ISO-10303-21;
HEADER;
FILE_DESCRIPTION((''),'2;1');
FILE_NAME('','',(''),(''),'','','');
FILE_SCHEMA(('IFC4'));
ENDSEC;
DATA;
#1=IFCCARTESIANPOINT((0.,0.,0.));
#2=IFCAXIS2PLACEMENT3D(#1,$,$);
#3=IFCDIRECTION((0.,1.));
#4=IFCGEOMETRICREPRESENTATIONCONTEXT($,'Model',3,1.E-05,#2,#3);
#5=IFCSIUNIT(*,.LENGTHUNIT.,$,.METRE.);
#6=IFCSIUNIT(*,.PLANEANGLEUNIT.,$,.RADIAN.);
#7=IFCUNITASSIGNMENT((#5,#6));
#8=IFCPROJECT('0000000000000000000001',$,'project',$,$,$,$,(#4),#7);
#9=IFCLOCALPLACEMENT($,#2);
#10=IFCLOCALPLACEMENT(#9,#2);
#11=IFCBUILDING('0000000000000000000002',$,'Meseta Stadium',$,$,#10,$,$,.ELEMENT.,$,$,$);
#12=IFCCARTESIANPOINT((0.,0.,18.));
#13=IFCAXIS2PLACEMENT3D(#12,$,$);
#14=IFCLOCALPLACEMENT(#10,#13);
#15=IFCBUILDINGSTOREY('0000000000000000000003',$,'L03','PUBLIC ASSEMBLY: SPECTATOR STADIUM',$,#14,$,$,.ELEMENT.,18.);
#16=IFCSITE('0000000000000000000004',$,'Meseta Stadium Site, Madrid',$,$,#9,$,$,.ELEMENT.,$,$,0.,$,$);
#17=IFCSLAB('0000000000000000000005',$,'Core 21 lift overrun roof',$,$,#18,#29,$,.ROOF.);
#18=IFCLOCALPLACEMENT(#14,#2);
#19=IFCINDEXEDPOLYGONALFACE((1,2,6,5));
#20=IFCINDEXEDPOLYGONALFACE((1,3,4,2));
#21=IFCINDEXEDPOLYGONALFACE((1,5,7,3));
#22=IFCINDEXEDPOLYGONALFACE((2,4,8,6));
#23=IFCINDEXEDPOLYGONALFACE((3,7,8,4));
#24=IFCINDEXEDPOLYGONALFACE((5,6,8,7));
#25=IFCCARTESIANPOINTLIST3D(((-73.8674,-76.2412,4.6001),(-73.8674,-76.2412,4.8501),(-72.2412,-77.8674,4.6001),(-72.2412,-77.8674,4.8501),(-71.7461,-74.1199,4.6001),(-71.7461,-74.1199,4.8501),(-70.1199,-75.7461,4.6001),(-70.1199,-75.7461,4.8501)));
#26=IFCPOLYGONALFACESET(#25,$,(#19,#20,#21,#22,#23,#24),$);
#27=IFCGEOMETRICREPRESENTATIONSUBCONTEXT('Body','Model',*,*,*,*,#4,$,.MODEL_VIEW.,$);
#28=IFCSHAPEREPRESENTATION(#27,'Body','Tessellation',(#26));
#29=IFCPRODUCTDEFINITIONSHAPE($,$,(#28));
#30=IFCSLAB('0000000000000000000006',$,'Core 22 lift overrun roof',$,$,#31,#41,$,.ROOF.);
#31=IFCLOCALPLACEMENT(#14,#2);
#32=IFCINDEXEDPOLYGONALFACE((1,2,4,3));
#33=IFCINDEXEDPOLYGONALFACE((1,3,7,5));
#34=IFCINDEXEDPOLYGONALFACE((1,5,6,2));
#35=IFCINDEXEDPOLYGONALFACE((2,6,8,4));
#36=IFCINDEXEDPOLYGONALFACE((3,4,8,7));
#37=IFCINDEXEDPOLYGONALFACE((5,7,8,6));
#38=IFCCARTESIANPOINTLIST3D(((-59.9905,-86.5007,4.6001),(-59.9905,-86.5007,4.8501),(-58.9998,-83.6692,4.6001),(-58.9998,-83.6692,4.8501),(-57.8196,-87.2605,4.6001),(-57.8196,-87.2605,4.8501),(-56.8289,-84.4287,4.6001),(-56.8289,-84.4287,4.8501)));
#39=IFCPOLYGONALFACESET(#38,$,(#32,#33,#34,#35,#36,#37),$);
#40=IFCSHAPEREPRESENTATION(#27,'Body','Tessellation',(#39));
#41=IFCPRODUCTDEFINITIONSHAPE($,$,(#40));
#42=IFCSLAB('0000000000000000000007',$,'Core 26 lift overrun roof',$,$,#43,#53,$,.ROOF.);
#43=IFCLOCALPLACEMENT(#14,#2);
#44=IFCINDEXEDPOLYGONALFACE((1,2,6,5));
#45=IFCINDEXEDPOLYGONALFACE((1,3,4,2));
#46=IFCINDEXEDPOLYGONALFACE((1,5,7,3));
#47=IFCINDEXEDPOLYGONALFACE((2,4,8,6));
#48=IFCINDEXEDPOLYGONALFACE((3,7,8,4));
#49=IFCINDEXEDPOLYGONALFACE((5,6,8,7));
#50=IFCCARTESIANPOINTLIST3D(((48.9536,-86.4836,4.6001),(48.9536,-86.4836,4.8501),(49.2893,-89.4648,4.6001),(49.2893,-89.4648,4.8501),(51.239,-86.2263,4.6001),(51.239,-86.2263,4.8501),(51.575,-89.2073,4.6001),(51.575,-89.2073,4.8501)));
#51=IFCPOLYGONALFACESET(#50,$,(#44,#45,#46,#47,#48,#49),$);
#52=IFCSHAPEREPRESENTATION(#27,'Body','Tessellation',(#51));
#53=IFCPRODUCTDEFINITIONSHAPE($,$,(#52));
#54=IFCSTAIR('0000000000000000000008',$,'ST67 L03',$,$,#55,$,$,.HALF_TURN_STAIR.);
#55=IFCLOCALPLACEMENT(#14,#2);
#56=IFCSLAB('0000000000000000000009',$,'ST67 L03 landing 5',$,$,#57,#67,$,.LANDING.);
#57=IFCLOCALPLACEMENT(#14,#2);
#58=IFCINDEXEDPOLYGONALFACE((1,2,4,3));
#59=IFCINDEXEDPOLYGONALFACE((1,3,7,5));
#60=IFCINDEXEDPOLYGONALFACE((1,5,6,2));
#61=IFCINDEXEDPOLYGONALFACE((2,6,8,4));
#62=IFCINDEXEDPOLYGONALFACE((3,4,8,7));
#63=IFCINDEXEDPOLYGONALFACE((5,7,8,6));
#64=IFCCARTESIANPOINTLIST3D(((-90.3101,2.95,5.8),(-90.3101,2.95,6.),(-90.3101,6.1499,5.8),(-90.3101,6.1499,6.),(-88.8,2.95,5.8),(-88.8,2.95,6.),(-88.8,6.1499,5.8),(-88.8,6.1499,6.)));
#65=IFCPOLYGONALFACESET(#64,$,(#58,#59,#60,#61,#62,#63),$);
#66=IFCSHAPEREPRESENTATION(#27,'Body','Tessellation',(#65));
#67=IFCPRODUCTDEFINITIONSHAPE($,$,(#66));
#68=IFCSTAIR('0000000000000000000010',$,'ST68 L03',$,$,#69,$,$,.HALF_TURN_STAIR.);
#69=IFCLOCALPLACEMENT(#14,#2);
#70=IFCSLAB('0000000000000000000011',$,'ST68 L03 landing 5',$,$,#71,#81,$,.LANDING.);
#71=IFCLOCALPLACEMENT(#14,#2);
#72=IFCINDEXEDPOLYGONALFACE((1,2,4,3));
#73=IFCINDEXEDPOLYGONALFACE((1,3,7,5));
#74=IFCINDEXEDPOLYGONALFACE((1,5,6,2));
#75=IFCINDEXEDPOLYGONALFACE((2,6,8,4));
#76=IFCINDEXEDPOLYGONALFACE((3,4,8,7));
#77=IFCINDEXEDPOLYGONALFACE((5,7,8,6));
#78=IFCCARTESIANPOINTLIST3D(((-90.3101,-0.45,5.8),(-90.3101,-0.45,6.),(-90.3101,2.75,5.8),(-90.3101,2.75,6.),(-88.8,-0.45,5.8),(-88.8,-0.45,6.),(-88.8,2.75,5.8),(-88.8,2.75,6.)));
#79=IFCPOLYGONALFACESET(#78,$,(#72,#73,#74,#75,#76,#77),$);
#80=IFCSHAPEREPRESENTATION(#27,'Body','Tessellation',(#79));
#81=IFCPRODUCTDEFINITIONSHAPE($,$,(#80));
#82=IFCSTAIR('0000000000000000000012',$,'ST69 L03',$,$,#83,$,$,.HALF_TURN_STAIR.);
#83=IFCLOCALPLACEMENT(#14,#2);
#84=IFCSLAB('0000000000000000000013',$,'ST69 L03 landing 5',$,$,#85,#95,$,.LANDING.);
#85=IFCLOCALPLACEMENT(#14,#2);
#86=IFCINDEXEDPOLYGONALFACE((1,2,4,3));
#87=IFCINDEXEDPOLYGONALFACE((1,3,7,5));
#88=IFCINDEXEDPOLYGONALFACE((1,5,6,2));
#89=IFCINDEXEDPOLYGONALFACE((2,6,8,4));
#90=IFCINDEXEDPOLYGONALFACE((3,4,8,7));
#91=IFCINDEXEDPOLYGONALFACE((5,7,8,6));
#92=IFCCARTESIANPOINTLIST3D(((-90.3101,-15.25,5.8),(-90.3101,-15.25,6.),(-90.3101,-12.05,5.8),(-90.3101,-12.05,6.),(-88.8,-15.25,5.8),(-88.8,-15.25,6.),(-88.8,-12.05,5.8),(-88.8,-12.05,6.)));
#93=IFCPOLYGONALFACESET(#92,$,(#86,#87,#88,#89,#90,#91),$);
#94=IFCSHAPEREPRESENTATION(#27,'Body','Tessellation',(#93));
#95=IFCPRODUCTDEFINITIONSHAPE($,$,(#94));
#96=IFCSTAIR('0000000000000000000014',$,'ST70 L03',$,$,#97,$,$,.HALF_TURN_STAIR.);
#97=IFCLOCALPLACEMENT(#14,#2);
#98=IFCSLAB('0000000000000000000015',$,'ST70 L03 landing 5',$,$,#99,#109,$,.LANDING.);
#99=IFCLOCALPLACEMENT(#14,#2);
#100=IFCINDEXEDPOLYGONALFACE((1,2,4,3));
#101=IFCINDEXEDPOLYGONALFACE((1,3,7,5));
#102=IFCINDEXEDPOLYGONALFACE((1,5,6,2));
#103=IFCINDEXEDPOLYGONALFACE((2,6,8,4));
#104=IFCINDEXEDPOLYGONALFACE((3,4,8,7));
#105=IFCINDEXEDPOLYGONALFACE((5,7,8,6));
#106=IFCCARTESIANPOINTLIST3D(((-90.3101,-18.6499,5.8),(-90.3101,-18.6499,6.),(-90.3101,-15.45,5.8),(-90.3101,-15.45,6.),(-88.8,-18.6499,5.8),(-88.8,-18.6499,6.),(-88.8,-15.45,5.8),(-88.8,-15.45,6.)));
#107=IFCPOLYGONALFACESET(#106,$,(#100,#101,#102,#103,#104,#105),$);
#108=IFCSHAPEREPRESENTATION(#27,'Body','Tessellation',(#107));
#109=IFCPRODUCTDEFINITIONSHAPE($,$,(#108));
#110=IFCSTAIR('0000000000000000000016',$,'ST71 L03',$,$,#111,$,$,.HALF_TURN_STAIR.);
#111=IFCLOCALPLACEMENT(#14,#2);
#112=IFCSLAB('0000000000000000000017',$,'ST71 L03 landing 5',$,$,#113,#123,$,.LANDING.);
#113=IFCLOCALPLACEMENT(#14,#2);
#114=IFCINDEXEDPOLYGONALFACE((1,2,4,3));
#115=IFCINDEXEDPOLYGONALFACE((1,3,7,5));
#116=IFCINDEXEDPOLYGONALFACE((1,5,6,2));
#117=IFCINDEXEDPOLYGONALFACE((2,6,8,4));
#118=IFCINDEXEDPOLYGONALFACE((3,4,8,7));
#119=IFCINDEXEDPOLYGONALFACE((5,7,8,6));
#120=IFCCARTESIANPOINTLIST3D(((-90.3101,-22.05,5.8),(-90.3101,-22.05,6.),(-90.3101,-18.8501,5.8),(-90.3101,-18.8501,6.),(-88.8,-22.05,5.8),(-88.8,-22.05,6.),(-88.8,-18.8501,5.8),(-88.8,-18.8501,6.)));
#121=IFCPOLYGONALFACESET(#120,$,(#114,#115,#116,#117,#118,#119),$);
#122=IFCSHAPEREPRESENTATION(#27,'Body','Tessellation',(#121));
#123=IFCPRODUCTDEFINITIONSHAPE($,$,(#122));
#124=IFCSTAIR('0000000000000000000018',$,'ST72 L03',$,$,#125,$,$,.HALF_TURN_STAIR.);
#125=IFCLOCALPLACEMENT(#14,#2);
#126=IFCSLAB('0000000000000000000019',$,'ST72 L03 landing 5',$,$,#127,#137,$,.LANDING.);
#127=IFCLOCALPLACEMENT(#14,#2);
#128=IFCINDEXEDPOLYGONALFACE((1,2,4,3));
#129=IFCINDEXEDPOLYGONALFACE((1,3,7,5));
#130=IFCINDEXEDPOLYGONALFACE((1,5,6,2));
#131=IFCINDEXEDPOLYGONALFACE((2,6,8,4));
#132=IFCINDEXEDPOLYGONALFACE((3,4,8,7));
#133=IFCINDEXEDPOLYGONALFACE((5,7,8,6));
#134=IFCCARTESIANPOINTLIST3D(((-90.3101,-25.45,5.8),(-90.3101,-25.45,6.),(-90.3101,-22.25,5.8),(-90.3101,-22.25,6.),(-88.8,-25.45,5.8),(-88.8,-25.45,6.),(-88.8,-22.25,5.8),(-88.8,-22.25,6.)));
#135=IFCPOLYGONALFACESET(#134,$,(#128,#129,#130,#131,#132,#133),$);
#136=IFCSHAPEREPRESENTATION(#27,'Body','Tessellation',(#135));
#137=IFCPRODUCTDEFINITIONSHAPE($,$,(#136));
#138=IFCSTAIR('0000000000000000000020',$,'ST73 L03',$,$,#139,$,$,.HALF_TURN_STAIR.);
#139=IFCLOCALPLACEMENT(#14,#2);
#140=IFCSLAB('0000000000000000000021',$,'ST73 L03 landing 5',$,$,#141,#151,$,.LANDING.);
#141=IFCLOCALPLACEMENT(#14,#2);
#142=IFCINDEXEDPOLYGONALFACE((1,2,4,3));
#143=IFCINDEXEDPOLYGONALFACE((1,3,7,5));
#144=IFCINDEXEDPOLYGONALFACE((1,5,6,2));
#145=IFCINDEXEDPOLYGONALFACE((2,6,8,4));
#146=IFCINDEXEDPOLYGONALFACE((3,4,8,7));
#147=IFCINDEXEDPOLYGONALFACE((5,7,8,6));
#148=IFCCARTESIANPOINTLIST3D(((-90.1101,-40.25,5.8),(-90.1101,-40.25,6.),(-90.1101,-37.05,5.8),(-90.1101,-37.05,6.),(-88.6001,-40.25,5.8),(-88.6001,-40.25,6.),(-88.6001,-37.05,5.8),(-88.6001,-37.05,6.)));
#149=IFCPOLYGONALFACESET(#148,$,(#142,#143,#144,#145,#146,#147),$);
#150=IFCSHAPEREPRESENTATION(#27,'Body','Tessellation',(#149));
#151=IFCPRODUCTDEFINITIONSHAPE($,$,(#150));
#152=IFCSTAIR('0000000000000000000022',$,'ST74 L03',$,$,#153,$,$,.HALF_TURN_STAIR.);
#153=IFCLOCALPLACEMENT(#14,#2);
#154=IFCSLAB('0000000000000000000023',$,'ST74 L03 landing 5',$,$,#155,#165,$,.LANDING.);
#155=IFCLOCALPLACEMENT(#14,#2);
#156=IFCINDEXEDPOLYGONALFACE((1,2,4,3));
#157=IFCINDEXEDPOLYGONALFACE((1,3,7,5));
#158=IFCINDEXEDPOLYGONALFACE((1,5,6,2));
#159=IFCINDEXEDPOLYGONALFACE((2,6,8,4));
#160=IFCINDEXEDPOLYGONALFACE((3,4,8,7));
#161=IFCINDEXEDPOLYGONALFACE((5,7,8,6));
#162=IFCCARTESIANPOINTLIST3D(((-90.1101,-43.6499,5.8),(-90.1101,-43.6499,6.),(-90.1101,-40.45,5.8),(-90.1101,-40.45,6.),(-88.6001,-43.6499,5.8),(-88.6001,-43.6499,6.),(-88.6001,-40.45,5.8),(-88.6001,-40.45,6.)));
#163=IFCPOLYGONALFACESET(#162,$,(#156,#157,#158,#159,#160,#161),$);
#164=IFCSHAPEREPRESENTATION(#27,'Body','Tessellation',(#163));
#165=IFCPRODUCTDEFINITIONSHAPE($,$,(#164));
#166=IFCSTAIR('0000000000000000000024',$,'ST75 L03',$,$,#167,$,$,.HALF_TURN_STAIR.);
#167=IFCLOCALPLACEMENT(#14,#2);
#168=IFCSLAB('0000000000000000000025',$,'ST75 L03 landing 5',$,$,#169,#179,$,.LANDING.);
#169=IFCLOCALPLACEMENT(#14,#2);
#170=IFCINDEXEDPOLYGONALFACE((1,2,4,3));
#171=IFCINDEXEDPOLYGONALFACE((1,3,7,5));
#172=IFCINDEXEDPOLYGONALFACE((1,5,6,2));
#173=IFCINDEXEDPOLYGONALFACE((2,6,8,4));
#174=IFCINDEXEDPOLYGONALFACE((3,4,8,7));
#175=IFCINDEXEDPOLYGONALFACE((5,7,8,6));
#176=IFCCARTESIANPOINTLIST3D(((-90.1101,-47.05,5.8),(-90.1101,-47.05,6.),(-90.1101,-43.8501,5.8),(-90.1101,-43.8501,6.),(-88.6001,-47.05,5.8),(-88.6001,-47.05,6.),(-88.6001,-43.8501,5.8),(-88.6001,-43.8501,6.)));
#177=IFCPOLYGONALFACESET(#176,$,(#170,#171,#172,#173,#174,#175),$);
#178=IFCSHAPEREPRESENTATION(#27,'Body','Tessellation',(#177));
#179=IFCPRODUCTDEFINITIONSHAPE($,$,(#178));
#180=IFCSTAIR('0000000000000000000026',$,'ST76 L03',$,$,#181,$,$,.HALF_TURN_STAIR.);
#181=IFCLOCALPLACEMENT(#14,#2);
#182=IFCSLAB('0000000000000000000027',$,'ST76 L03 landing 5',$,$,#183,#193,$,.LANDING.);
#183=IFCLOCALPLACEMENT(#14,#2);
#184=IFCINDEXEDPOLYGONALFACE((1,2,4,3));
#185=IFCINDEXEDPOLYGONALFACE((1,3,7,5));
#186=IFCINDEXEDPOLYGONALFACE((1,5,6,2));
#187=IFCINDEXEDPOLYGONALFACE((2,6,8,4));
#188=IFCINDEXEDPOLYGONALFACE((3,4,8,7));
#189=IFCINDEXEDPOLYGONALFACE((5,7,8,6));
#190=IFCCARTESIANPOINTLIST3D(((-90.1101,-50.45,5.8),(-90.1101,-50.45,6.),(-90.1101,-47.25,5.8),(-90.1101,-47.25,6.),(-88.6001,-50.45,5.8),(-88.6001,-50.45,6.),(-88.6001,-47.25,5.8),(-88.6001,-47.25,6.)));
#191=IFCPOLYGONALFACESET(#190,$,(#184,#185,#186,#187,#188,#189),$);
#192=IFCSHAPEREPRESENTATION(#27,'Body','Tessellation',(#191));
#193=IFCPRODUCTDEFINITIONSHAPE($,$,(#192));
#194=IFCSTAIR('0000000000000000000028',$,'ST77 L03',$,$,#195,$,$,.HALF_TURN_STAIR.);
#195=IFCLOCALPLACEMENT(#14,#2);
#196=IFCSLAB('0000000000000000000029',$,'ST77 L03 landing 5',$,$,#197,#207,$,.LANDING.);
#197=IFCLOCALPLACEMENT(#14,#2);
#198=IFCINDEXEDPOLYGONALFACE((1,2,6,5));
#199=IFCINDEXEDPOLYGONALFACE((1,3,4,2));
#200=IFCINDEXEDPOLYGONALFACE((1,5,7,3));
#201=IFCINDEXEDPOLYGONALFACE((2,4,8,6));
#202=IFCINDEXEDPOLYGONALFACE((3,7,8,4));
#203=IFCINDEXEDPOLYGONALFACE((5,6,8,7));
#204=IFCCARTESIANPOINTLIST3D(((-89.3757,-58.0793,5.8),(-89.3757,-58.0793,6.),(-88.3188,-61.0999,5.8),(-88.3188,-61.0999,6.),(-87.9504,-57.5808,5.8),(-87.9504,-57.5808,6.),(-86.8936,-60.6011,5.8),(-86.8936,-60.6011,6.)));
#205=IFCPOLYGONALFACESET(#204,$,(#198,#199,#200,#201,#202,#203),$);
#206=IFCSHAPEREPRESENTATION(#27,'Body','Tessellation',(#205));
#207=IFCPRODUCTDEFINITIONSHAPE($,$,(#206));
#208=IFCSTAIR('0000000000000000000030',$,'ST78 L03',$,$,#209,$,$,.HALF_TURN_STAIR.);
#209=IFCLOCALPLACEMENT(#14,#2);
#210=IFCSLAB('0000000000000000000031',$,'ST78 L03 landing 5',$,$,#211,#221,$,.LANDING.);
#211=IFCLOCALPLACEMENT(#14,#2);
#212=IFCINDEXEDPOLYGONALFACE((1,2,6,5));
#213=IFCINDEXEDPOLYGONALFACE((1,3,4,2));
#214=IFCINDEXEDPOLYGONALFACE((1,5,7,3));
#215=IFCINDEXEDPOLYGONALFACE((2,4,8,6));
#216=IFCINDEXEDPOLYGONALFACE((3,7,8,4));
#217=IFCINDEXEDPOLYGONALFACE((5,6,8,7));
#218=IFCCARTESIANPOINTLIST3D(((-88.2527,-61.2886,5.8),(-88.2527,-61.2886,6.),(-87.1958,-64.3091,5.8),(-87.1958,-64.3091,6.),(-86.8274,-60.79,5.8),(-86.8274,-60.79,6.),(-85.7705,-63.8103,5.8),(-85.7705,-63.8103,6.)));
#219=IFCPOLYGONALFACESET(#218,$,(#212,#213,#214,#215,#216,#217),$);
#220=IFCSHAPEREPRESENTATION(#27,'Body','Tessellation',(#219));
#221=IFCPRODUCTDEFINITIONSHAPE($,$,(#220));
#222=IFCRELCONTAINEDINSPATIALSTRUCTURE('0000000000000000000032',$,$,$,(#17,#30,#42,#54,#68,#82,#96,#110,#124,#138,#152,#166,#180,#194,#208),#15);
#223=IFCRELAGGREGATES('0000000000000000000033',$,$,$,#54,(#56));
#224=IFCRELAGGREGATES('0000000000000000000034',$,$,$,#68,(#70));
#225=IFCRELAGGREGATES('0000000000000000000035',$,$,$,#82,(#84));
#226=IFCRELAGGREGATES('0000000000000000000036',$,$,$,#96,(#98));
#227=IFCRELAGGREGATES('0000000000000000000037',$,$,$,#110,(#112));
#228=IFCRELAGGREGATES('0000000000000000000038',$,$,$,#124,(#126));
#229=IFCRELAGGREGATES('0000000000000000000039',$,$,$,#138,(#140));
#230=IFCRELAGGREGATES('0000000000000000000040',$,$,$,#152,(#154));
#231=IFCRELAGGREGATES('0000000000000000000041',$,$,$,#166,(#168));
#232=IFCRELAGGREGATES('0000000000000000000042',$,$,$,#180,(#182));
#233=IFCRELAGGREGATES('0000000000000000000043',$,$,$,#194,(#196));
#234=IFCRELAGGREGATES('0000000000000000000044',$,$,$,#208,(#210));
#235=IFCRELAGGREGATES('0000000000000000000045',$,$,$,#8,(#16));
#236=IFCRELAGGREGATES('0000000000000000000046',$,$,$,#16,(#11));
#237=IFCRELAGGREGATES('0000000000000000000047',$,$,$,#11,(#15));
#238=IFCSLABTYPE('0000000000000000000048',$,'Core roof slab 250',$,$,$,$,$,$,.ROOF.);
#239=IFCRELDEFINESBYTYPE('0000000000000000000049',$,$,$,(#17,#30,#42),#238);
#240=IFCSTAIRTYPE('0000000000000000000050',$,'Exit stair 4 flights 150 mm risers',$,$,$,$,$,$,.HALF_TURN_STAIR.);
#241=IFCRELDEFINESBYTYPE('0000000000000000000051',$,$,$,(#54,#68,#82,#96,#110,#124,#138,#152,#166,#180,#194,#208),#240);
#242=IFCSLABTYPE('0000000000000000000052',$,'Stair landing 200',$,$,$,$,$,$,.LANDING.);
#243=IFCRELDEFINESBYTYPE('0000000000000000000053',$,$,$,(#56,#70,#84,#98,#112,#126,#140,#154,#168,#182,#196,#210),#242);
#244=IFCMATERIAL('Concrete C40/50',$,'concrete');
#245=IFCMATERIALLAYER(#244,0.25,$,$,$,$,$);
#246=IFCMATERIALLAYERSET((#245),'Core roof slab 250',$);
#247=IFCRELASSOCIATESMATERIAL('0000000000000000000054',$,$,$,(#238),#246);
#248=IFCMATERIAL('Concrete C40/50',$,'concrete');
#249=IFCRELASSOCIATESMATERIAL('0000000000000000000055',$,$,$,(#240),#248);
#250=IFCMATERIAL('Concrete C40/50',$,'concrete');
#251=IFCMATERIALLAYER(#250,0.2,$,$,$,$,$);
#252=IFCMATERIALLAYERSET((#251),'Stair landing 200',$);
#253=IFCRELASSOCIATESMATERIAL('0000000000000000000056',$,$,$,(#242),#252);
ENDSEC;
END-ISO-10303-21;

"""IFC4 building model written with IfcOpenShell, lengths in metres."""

from ifc_helpers import new_model, si_unit, direction, frame, origin, place, context, subcontext, project, spatial, polyline, outline, extrude, material, layer, layer_set, type_object, element, aggregate, save


model = new_model("IFC4")

# Units and contexts
model_context = context("Model", 3, precision=1e-05, world=origin(), true_north=direction((0.0, 1.0)))
body_context = subcontext(model_context, "Body", "Model", "MODEL_VIEW")
ifc_project = project(units=[si_unit("LENGTHUNIT", "METRE"), si_unit("PLANEANGLEUNIT", "RADIAN")], contexts=[model_context])

# Site, building, storey
site_placement = place(None, origin())
site = spatial("IfcSite", under=ifc_project, at=site_placement, Name="Meseta Stadium Site, Madrid", CompositionType="ELEMENT", RefElevation=0.0)
building_placement = place(site_placement, origin())
building = spatial("IfcBuilding", under=site, at=building_placement, Name="Meseta Stadium", CompositionType="ELEMENT")
storey_placement = place(building_placement, frame((0.0, 0.0, 18.0)))
storey = spatial("IfcBuildingStorey", under=building, at=storey_placement, Name="L03", Description="PUBLIC ASSEMBLY: SPECTATOR STADIUM", CompositionType="ELEMENT", Elevation=18.0)

# Slabs
ifc_material_1 = material(Name="Concrete C40/50", Category="concrete")
ifc_layer_1 = layer(ifc_material_1, 0.25)
ifc_layer_set_1 = layer_set([ifc_layer_1], Name="Core roof slab 250")
slab_type_1 = type_object("IfcSlabType", Name="Core roof slab 250", PredefinedType="ROOF", material=ifc_layer_set_1)
slab_1_placement = place(storey_placement, frame((0.0, 0.0, 4.6001)))
element("IfcSlab", 1, at=slab_1_placement, inside=storey, type_object=slab_type_1, Name="Core 21 lift overrun roof", PredefinedType="ROOF", context=body_context, shape_type="SweptSolid", body=[
    extrude(outline(polyline([(-73.8674, -76.2412), (-71.7461, -74.1199), (-70.1199, -75.7461), (-72.2412, -77.8674), (-73.8674, -76.2412)])), origin(), (0.0, 0.0, 1.0), 0.25),
])
slab_2_placement = place(storey_placement, frame((0.0, 0.0, 4.6001)))
element("IfcSlab", 2, at=slab_2_placement, inside=storey, type_object=slab_type_1, Name="Core 22 lift overrun roof", PredefinedType="ROOF", context=body_context, shape_type="SweptSolid", body=[
    extrude(outline(polyline([(-59.9905, -86.5007), (-58.9998, -83.6692), (-56.8289, -84.4287), (-57.8196, -87.2605), (-59.9905, -86.5007)])), origin(), (0.0, 0.0, 1.0), 0.25),
])
slab_3_placement = place(storey_placement, frame((0.0, 0.0, 4.6001)))
element("IfcSlab", 3, at=slab_3_placement, inside=storey, type_object=slab_type_1, Name="Core 26 lift overrun roof", PredefinedType="ROOF", context=body_context, shape_type="SweptSolid", body=[
    extrude(outline(polyline([(49.2893, -89.4648), (48.9536, -86.4836), (51.239, -86.2263), (51.575, -89.2073), (49.2893, -89.4648)])), origin(), (0.0, 0.0, 1.0), 0.25),
])

# Stairs, slabs
ifc_material_2 = material(Name="Concrete C40/50", Category="concrete")
stair_type = type_object("IfcStairType", Name="Exit stair 4 flights 150 mm risers", PredefinedType="HALF_TURN_STAIR", material=ifc_material_2)
stair_1_placement = place(storey_placement, origin())
stair_1 = element("IfcStair", 4, at=stair_1_placement, inside=storey, type_object=stair_type, Name="ST67 L03", PredefinedType="HALF_TURN_STAIR")
ifc_material_3 = material(Name="Concrete C40/50", Category="concrete")
ifc_layer_2 = layer(ifc_material_3, 0.2)
ifc_layer_set_2 = layer_set([ifc_layer_2], Name="Stair landing 200")
slab_type_2 = type_object("IfcSlabType", Name="Stair landing 200", PredefinedType="LANDING", material=ifc_layer_set_2)
slab_4_placement = place(storey_placement, frame((0.0, 0.0, 5.8)))
slab_4 = element("IfcSlab", 5, at=slab_4_placement, type_object=slab_type_2, Name="ST67 L03 landing 5", PredefinedType="LANDING", context=body_context, shape_type="SweptSolid", body=[
    extrude(outline(polyline([(-88.8, 6.1499), (-90.3101, 6.1499), (-90.3101, 2.95), (-88.8, 2.95), (-88.8, 6.1499)])), origin(), (0.0, 0.0, 1.0), 0.2),
])
aggregate(stair_1, [slab_4])
stair_2_placement = place(storey_placement, origin())
stair_2 = element("IfcStair", 6, at=stair_2_placement, inside=storey, type_object=stair_type, Name="ST68 L03", PredefinedType="HALF_TURN_STAIR")
slab_5_placement = place(storey_placement, frame((0.0, 0.0, 5.8)))
slab_5 = element("IfcSlab", 7, at=slab_5_placement, type_object=slab_type_2, Name="ST68 L03 landing 5", PredefinedType="LANDING", context=body_context, shape_type="SweptSolid", body=[
    extrude(outline(polyline([(-88.8, 2.75), (-90.3101, 2.75), (-90.3101, -0.45), (-88.8, -0.45), (-88.8, 2.75)])), origin(), (0.0, 0.0, 1.0), 0.2),
])
aggregate(stair_2, [slab_5])
stair_3_placement = place(storey_placement, origin())
stair_3 = element("IfcStair", 8, at=stair_3_placement, inside=storey, type_object=stair_type, Name="ST69 L03", PredefinedType="HALF_TURN_STAIR")
slab_6_placement = place(storey_placement, frame((0.0, 0.0, 5.8)))
slab_6 = element("IfcSlab", 9, at=slab_6_placement, type_object=slab_type_2, Name="ST69 L03 landing 5", PredefinedType="LANDING", context=body_context, shape_type="SweptSolid", body=[
    extrude(outline(polyline([(-88.8, -12.05), (-90.3101, -12.05), (-90.3101, -15.25), (-88.8, -15.25), (-88.8, -12.05)])), origin(), (0.0, 0.0, 1.0), 0.2),
])
aggregate(stair_3, [slab_6])
stair_4_placement = place(storey_placement, origin())
stair_4 = element("IfcStair", 10, at=stair_4_placement, inside=storey, type_object=stair_type, Name="ST70 L03", PredefinedType="HALF_TURN_STAIR")
slab_7_placement = place(storey_placement, frame((0.0, 0.0, 5.8)))
slab_7 = element("IfcSlab", 11, at=slab_7_placement, type_object=slab_type_2, Name="ST70 L03 landing 5", PredefinedType="LANDING", context=body_context, shape_type="SweptSolid", body=[
    extrude(outline(polyline([(-88.8, -15.45), (-90.3101, -15.45), (-90.3101, -18.6499), (-88.8, -18.6499), (-88.8, -15.45)])), origin(), (0.0, 0.0, 1.0), 0.2),
])
aggregate(stair_4, [slab_7])
stair_5_placement = place(storey_placement, origin())
stair_5 = element("IfcStair", 12, at=stair_5_placement, inside=storey, type_object=stair_type, Name="ST71 L03", PredefinedType="HALF_TURN_STAIR")
slab_8_placement = place(storey_placement, frame((0.0, 0.0, 5.8)))
slab_8 = element("IfcSlab", 13, at=slab_8_placement, type_object=slab_type_2, Name="ST71 L03 landing 5", PredefinedType="LANDING", context=body_context, shape_type="SweptSolid", body=[
    extrude(outline(polyline([(-88.8, -18.8501), (-90.3101, -18.8501), (-90.3101, -22.05), (-88.8, -22.05), (-88.8, -18.8501)])), origin(), (0.0, 0.0, 1.0), 0.2),
])
aggregate(stair_5, [slab_8])
stair_6_placement = place(storey_placement, origin())
stair_6 = element("IfcStair", 14, at=stair_6_placement, inside=storey, type_object=stair_type, Name="ST72 L03", PredefinedType="HALF_TURN_STAIR")
slab_9_placement = place(storey_placement, frame((0.0, 0.0, 5.8)))
slab_9 = element("IfcSlab", 15, at=slab_9_placement, type_object=slab_type_2, Name="ST72 L03 landing 5", PredefinedType="LANDING", context=body_context, shape_type="SweptSolid", body=[
    extrude(outline(polyline([(-88.8, -22.25), (-90.3101, -22.25), (-90.3101, -25.45), (-88.8, -25.45), (-88.8, -22.25)])), origin(), (0.0, 0.0, 1.0), 0.2),
])
aggregate(stair_6, [slab_9])
stair_7_placement = place(storey_placement, origin())
stair_7 = element("IfcStair", 16, at=stair_7_placement, inside=storey, type_object=stair_type, Name="ST73 L03", PredefinedType="HALF_TURN_STAIR")
slab_10_placement = place(storey_placement, frame((0.0, 0.0, 5.8)))
slab_10 = element("IfcSlab", 17, at=slab_10_placement, type_object=slab_type_2, Name="ST73 L03 landing 5", PredefinedType="LANDING", context=body_context, shape_type="SweptSolid", body=[
    extrude(outline(polyline([(-88.6001, -37.05), (-90.1101, -37.05), (-90.1101, -40.25), (-88.6001, -40.25), (-88.6001, -37.05)])), origin(), (0.0, 0.0, 1.0), 0.2),
])
aggregate(stair_7, [slab_10])
stair_8_placement = place(storey_placement, origin())
stair_8 = element("IfcStair", 18, at=stair_8_placement, inside=storey, type_object=stair_type, Name="ST74 L03", PredefinedType="HALF_TURN_STAIR")
slab_11_placement = place(storey_placement, frame((0.0, 0.0, 5.8)))
slab_11 = element("IfcSlab", 19, at=slab_11_placement, type_object=slab_type_2, Name="ST74 L03 landing 5", PredefinedType="LANDING", context=body_context, shape_type="SweptSolid", body=[
    extrude(outline(polyline([(-88.6001, -40.45), (-90.1101, -40.45), (-90.1101, -43.6499), (-88.6001, -43.6499), (-88.6001, -40.45)])), origin(), (0.0, 0.0, 1.0), 0.2),
])
aggregate(stair_8, [slab_11])
stair_9_placement = place(storey_placement, origin())
stair_9 = element("IfcStair", 20, at=stair_9_placement, inside=storey, type_object=stair_type, Name="ST75 L03", PredefinedType="HALF_TURN_STAIR")
slab_12_placement = place(storey_placement, frame((0.0, 0.0, 5.8)))
slab_12 = element("IfcSlab", 21, at=slab_12_placement, type_object=slab_type_2, Name="ST75 L03 landing 5", PredefinedType="LANDING", context=body_context, shape_type="SweptSolid", body=[
    extrude(outline(polyline([(-88.6001, -43.8501), (-90.1101, -43.8501), (-90.1101, -47.05), (-88.6001, -47.05), (-88.6001, -43.8501)])), origin(), (0.0, 0.0, 1.0), 0.2),
])
aggregate(stair_9, [slab_12])
stair_10_placement = place(storey_placement, origin())
stair_10 = element("IfcStair", 22, at=stair_10_placement, inside=storey, type_object=stair_type, Name="ST76 L03", PredefinedType="HALF_TURN_STAIR")
slab_13_placement = place(storey_placement, frame((0.0, 0.0, 5.8)))
slab_13 = element("IfcSlab", 23, at=slab_13_placement, type_object=slab_type_2, Name="ST76 L03 landing 5", PredefinedType="LANDING", context=body_context, shape_type="SweptSolid", body=[
    extrude(outline(polyline([(-88.6001, -47.25), (-90.1101, -47.25), (-90.1101, -50.45), (-88.6001, -50.45), (-88.6001, -47.25)])), origin(), (0.0, 0.0, 1.0), 0.2),
])
aggregate(stair_10, [slab_13])
stair_11_placement = place(storey_placement, origin())
stair_11 = element("IfcStair", 24, at=stair_11_placement, inside=storey, type_object=stair_type, Name="ST77 L03", PredefinedType="HALF_TURN_STAIR")
slab_14_placement = place(storey_placement, frame((0.0, 0.0, 5.8)))
slab_14 = element("IfcSlab", 25, at=slab_14_placement, type_object=slab_type_2, Name="ST77 L03 landing 5", PredefinedType="LANDING", context=body_context, shape_type="SweptSolid", body=[
    extrude(outline(polyline([(-87.9504, -57.5808), (-89.3757, -58.0793), (-88.3188, -61.0999), (-86.8936, -60.6011), (-87.9504, -57.5808)])), origin(), (0.0, 0.0, 1.0), 0.2),
])
aggregate(stair_11, [slab_14])
stair_12_placement = place(storey_placement, origin())
stair_12 = element("IfcStair", 26, at=stair_12_placement, inside=storey, type_object=stair_type, Name="ST78 L03", PredefinedType="HALF_TURN_STAIR")
slab_15_placement = place(storey_placement, frame((0.0, 0.0, 5.8)))
slab_15 = element("IfcSlab", 27, at=slab_15_placement, type_object=slab_type_2, Name="ST78 L03 landing 5", PredefinedType="LANDING", context=body_context, shape_type="SweptSolid", body=[
    extrude(outline(polyline([(-86.8274, -60.79), (-88.2527, -61.2886), (-87.1958, -64.3091), (-85.7705, -63.8103), (-86.8274, -60.79)])), origin(), (0.0, 0.0, 1.0), 0.2),
])
aggregate(stair_12, [slab_15])

save(model, "model.ifc")
